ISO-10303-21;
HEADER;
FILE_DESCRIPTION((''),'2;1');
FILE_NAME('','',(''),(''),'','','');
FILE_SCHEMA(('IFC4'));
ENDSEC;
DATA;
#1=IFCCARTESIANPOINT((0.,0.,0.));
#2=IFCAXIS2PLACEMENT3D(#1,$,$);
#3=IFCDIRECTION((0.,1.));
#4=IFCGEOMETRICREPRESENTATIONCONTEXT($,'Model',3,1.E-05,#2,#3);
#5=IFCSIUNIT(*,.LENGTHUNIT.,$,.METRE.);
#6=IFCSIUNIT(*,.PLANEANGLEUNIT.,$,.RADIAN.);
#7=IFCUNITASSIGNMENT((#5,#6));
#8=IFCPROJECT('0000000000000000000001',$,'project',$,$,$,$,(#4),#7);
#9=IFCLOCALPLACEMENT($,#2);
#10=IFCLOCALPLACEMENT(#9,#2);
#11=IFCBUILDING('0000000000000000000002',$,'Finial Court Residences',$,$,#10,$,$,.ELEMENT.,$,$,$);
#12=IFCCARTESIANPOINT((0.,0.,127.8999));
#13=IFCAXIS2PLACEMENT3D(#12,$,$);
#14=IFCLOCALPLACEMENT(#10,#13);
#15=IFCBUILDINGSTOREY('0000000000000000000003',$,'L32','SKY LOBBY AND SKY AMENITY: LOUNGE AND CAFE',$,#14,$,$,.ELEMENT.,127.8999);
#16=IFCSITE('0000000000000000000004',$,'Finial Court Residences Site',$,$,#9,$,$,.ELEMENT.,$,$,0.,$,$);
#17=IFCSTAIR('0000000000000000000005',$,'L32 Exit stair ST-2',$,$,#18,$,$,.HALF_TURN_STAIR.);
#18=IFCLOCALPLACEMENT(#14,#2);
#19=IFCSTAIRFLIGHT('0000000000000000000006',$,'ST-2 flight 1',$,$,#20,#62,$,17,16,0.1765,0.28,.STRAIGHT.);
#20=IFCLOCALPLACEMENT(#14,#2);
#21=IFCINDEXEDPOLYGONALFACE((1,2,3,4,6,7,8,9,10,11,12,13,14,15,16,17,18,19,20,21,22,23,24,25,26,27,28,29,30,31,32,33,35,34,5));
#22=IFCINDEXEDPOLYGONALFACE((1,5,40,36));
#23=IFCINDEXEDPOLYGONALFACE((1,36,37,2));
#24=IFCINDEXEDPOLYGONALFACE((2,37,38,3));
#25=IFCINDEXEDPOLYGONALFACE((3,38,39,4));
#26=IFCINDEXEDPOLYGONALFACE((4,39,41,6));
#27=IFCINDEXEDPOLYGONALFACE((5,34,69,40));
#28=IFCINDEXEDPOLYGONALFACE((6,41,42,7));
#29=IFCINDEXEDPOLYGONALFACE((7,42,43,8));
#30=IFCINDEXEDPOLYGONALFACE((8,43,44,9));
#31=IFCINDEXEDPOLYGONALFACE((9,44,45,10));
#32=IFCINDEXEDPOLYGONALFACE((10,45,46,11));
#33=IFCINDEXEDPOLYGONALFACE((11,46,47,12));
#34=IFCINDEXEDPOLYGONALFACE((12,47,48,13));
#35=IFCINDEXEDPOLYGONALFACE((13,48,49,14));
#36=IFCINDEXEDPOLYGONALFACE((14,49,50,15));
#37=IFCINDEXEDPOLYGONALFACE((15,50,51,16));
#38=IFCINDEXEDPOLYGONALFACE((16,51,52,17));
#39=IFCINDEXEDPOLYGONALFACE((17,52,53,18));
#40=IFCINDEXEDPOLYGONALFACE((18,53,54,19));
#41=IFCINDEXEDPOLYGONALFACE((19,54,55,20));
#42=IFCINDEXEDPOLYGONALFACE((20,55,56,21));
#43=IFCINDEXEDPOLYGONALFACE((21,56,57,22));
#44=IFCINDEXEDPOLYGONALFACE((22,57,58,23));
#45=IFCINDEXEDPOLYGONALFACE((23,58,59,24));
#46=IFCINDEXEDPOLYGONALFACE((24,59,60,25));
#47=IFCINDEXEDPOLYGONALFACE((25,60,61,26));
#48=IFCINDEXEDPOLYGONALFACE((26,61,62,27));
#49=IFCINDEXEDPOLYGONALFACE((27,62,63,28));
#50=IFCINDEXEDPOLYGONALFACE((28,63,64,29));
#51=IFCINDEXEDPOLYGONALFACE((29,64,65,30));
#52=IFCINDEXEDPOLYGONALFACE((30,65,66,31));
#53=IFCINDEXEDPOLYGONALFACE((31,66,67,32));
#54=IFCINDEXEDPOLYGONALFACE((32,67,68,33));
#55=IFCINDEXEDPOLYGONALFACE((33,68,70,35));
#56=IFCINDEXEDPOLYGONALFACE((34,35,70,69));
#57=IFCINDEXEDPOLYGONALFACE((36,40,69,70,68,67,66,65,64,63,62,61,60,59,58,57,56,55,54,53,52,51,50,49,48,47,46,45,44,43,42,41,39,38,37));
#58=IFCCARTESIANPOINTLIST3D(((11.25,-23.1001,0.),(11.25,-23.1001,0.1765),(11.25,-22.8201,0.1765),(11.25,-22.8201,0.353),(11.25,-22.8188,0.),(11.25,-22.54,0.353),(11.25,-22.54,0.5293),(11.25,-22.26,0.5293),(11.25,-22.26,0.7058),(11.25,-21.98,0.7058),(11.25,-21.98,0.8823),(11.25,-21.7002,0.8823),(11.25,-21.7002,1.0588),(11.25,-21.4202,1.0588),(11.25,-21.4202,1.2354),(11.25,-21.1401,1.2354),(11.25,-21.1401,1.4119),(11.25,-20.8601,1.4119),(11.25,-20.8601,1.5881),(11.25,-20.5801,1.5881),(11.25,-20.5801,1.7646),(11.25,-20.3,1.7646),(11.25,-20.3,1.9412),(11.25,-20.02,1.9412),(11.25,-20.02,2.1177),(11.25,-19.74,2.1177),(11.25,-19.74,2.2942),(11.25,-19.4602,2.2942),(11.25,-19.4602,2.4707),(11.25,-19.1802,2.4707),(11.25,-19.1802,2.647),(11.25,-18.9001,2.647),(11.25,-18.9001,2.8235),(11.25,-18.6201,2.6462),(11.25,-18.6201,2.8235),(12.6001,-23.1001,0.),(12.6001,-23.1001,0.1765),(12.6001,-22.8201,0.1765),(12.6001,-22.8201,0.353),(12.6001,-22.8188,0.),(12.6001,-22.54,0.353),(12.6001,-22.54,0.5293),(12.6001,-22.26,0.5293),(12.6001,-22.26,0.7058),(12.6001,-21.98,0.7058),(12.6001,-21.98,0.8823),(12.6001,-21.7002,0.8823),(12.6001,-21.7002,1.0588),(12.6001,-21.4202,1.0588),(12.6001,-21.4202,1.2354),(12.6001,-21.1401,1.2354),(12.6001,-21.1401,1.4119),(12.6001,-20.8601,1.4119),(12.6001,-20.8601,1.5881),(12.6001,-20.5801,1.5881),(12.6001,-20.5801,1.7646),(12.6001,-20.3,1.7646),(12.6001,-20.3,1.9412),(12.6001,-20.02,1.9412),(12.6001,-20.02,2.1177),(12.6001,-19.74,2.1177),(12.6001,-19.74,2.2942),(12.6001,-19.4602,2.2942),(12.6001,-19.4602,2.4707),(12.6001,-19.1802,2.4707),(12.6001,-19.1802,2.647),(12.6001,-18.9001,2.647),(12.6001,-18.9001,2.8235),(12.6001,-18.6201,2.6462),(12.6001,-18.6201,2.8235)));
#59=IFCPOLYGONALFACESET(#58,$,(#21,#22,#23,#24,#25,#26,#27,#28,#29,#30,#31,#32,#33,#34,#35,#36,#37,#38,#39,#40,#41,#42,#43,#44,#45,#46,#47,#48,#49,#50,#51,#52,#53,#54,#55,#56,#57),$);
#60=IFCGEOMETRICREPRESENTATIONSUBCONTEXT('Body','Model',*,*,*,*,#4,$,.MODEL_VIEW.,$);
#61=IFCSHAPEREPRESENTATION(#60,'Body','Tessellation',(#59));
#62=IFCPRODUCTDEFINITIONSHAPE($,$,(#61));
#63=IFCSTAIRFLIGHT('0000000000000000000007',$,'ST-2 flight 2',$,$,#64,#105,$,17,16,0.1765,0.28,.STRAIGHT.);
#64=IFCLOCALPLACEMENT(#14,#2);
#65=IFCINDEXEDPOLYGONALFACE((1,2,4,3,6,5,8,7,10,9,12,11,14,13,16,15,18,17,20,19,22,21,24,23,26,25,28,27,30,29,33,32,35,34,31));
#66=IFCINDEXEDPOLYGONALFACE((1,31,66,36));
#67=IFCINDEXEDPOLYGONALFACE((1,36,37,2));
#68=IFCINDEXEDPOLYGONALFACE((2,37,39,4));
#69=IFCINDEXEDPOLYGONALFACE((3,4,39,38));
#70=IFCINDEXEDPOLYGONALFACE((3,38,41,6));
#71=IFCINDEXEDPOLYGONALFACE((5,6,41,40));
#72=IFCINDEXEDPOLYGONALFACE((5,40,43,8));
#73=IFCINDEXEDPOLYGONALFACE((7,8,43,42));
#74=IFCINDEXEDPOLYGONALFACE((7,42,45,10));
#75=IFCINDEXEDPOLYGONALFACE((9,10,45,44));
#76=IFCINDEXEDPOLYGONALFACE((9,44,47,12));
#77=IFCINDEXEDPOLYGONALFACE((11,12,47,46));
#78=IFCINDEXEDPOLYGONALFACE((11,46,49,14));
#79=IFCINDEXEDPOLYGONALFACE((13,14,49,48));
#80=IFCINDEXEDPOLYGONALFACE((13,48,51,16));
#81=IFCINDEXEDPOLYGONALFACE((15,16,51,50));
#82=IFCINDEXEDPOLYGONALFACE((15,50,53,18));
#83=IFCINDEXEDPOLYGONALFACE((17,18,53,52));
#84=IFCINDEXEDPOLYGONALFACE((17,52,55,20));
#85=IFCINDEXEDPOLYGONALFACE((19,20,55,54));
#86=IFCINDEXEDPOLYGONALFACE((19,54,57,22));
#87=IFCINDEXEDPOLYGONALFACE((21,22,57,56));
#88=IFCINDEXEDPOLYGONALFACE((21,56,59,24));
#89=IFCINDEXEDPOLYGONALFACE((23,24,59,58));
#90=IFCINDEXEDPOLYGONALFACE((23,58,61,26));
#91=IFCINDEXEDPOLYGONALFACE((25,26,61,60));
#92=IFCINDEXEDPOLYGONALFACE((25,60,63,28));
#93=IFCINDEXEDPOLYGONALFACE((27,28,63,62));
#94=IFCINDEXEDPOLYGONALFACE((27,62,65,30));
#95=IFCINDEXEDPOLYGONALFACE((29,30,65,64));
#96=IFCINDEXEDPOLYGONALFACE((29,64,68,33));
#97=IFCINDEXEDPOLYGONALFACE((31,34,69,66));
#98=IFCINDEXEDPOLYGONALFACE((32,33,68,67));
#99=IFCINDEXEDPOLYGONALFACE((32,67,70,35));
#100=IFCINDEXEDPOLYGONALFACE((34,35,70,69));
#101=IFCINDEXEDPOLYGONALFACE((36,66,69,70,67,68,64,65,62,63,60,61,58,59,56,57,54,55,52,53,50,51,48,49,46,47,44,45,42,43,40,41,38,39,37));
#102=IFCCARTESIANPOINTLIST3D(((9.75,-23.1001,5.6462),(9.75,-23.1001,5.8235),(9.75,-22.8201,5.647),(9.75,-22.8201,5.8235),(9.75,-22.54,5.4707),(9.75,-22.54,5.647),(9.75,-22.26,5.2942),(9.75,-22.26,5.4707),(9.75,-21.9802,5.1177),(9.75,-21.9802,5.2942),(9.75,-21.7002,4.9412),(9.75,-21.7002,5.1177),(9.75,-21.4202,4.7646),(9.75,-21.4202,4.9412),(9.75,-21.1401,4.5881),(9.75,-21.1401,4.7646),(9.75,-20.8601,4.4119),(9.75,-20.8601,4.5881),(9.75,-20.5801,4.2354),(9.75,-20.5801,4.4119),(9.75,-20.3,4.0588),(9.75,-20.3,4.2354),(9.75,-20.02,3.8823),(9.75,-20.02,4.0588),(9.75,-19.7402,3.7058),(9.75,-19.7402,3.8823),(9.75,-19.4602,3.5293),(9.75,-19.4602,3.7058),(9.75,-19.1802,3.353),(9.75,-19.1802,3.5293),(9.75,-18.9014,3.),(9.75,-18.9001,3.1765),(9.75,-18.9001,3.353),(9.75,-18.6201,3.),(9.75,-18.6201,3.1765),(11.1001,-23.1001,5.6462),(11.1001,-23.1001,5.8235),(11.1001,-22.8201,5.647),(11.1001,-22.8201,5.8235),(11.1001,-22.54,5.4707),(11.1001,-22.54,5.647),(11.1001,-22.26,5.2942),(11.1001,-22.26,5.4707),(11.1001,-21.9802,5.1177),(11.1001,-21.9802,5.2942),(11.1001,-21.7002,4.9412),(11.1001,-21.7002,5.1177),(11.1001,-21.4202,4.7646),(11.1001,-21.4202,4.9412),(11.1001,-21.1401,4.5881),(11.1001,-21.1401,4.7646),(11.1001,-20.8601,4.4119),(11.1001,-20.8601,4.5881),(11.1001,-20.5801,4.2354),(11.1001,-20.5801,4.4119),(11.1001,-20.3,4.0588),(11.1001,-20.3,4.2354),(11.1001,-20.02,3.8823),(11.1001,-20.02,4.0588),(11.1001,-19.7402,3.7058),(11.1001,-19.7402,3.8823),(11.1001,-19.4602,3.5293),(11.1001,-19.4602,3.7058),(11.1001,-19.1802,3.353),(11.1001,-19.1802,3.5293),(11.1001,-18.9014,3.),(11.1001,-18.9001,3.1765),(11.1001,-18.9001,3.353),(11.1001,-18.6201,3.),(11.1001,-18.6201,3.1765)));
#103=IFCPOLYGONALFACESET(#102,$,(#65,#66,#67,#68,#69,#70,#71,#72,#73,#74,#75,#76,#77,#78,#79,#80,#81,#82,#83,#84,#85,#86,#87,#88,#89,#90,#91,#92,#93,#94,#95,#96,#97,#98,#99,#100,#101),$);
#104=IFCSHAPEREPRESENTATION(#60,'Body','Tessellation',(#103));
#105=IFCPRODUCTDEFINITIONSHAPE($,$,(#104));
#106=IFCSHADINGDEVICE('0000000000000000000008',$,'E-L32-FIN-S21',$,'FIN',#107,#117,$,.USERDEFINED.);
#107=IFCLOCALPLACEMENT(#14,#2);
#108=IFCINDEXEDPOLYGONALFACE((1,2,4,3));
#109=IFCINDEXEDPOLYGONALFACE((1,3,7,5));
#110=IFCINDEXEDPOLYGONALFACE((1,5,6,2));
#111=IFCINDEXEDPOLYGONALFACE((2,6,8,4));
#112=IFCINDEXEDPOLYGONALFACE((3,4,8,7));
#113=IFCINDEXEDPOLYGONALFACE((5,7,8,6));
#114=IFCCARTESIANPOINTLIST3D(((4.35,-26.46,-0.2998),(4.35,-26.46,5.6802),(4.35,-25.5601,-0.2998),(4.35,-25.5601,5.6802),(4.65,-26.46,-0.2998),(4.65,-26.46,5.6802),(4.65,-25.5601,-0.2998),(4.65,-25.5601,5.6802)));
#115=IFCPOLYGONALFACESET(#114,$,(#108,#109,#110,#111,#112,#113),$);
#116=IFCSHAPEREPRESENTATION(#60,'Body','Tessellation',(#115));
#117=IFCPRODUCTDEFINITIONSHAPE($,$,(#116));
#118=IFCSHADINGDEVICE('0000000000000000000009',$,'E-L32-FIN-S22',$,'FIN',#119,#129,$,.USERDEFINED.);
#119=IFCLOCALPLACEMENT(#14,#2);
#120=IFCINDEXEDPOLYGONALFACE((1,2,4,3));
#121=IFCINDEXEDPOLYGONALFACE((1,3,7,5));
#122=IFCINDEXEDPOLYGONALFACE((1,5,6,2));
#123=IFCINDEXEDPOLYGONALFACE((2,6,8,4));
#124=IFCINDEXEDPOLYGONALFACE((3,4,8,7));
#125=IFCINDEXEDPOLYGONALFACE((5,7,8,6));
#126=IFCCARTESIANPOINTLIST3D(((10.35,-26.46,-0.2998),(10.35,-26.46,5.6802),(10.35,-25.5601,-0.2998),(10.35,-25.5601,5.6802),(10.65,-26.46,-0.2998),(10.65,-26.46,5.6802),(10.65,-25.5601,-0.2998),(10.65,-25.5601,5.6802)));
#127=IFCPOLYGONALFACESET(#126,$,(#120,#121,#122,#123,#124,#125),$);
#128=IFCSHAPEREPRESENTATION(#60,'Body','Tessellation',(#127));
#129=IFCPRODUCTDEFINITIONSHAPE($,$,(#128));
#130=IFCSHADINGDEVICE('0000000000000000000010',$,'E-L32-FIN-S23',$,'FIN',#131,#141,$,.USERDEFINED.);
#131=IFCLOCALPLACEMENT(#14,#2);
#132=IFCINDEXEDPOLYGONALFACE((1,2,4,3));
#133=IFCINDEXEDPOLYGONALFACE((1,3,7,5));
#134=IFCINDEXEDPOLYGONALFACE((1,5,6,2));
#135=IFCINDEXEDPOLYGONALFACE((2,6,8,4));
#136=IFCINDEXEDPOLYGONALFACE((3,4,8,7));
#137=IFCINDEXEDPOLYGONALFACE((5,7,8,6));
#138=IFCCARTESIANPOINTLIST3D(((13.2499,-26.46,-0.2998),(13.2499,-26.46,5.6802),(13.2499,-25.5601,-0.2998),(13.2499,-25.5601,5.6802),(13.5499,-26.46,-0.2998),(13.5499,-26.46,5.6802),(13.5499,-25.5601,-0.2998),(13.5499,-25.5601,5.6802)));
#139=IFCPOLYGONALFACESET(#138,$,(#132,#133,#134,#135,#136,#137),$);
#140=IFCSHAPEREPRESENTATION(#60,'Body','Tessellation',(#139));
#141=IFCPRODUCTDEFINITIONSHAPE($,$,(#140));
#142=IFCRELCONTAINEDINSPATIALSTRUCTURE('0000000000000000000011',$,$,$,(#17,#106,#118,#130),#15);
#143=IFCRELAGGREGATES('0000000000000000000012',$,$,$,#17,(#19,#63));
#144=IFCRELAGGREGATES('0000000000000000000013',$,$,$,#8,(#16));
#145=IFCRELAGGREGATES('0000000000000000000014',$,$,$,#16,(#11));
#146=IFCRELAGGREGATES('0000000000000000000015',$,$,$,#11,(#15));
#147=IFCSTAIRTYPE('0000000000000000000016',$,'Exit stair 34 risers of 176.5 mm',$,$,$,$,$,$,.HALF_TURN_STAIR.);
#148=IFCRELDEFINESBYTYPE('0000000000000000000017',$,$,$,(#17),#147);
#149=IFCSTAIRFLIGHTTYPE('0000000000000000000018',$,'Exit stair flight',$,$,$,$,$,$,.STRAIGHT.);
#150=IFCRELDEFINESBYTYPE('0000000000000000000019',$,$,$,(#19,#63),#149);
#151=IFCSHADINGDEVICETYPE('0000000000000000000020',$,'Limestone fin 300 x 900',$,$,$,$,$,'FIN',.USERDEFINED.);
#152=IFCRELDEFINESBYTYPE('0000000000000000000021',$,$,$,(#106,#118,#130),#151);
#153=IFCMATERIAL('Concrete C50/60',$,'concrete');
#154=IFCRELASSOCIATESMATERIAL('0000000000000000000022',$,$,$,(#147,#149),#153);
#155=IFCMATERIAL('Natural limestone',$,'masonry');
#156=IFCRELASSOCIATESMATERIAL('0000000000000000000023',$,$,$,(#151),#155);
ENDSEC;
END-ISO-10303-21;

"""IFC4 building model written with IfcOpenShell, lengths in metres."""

from ifc_helpers import new_model, si_unit, direction, frame, origin, origin_2d, place, context, subcontext, project, spatial, polyline, rectangle, outline, extrude, material, type_object, element, aggregate, save


model = new_model("IFC4")

# Units and contexts
model_context = context("Model", 3, precision=1e-05, world=origin(), true_north=direction((0.0, 1.0)))
body_context = subcontext(model_context, "Body", "Model", "MODEL_VIEW")
ifc_project = project(units=[si_unit("LENGTHUNIT", "METRE"), si_unit("PLANEANGLEUNIT", "RADIAN")], contexts=[model_context])

# Site, building, storey
site_placement = place(None, origin())
site = spatial("IfcSite", under=ifc_project, at=site_placement, Name="Finial Court Residences Site", CompositionType="ELEMENT", RefElevation=0.0)
building_placement = place(site_placement, origin())
building = spatial("IfcBuilding", under=site, at=building_placement, Name="Finial Court Residences", CompositionType="ELEMENT")
storey_placement = place(building_placement, frame((0.0, 0.0, 127.8999)))
storey = spatial("IfcBuildingStorey", under=building, at=storey_placement, Name="L32", Description="SKY LOBBY AND SKY AMENITY: LOUNGE AND CAFE", CompositionType="ELEMENT", Elevation=127.8999)

# Stair, stair flights
ifc_material_1 = material(Name="Concrete C50/60", Category="concrete")
stair_type = type_object("IfcStairType", Name="Exit stair 34 risers of 176.5 mm", PredefinedType="HALF_TURN_STAIR", material=ifc_material_1)
stair_placement = place(storey_placement, origin())
stair = element("IfcStair", 1, at=stair_placement, inside=storey, type_object=stair_type, Name="L32 Exit stair ST-2", PredefinedType="HALF_TURN_STAIR")
stair_flight_type = type_object("IfcStairFlightType", Name="Exit stair flight", PredefinedType="STRAIGHT", material=ifc_material_1)
stair_flight_1_placement = place(storey_placement, frame((11.925, -23.1001, 0.0), z_axis=(0.0, 0.0, 1.0), x_axis=(0.0, 1.0, 0.0)))
stair_flight_1 = element("IfcStairFlight", 2, at=stair_flight_1_placement, type_object=stair_flight_type, Name="ST-2 flight 1", NumberOfRisers=17, NumberOfTreads=16, PredefinedType="STRAIGHT", RiserHeight=0.1765, TreadLength=0.28, context=body_context, shape_type="SweptSolid", body=[
    extrude(outline(polyline([(0.0, 0.0), (0.0, 0.1765), (0.28, 0.1765), (0.28, 0.353), (0.5601, 0.353), (0.5601, 0.5293), (0.8401, 0.5293), (0.8401, 0.7058), (1.1201, 0.7058), (1.1201, 0.8823), (1.3999, 0.8823), (1.3999, 1.0588), (1.6799, 1.0588), (1.6799, 1.2354), (1.96, 1.2354), (1.96, 1.4119), (2.24, 1.4119), (2.24, 1.5881), (2.52, 1.5881), (2.52, 1.7646), (2.8, 1.7646), (2.8, 1.9412), (3.0801, 1.9412), (3.0801, 2.1177), (3.3601, 2.1177), (3.3601, 2.2942), (3.6399, 2.2942), (3.6399, 2.4707), (3.9199, 2.4707), (3.9199, 2.647), (4.2, 2.647), (4.2, 2.8235), (4.48, 2.8235), (4.48, 3.0), (4.48, 2.6462), (0.2812, 0.0), (0.0, 0.0)])), frame((0.0, 0.675, 0.0), z_axis=(0.0, -1.0, 0.0), x_axis=(1.0, 0.0, 0.0)), (0.0, 0.0, 1.0), 1.3501),
])
stair_flight_2_placement = place(storey_placement, frame((10.425, -18.6201, 3.0), z_axis=(0.0, 0.0, 1.0), x_axis=(0.0, -1.0, 0.0)))
stair_flight_2 = element("IfcStairFlight", 3, at=stair_flight_2_placement, type_object=stair_flight_type, Name="ST-2 flight 2", NumberOfRisers=17, NumberOfTreads=16, PredefinedType="STRAIGHT", RiserHeight=0.1765, TreadLength=0.28, context=body_context, shape_type="SweptSolid", body=[
    extrude(outline(polyline([(0.0, 0.0), (0.0, 0.1765), (0.28, 0.1765), (0.28, 0.353), (0.5601, 0.353), (0.5601, 0.5293), (0.8401, 0.5293), (0.8401, 0.7058), (1.1201, 0.7058), (1.1201, 0.8823), (1.3999, 0.8823), (1.3999, 1.0588), (1.6799, 1.0588), (1.6799, 1.2354), (1.96, 1.2354), (1.96, 1.4119), (2.24, 1.4119), (2.24, 1.5881), (2.52, 1.5881), (2.52, 1.7646), (2.8, 1.7646), (2.8, 1.9412), (3.0801, 1.9412), (3.0801, 2.1177), (3.3601, 2.1177), (3.3601, 2.2942), (3.6399, 2.2942), (3.6399, 2.4707), (3.9199, 2.4707), (3.9199, 2.647), (4.2, 2.647), (4.2, 2.8235), (4.48, 2.8235), (4.48, 3.0), (4.48, 2.6462), (0.2812, 0.0), (0.0, 0.0)])), frame((0.0, 0.675, 0.0), z_axis=(0.0, -1.0, 0.0), x_axis=(1.0, 0.0, 0.0)), (0.0, 0.0, 1.0), 1.3501),
])
aggregate(stair, [stair_flight_1, stair_flight_2])

# Shading devices
ifc_material_2 = material(Name="Natural limestone", Category="masonry")
shading_device_type = type_object("IfcShadingDeviceType", Name="Limestone fin 300 x 900", ElementType="FIN", PredefinedType="USERDEFINED", material=ifc_material_2)
for number, where, z_axis, x_axis, name in (
    (4, (4.5, -26.01, -0.2998), (0.0, 0.0, 1.0), (1.0, 0.0, 0.0), "E-L32-FIN-S21"),
    (5, (10.5, -26.01, -0.2998), (0.0, 0.0, 1.0), (1.0, 0.0, 0.0), "E-L32-FIN-S22"),
    (6, (13.3999, -26.01, -0.2998), (0.0, 0.0, 1.0), (1.0, 0.0, 0.0), "E-L32-FIN-S23"),
):
    element("IfcShadingDevice", number, at=place(storey_placement, frame(where, z_axis=z_axis, x_axis=x_axis)), inside=storey, type_object=shading_device_type, Name=name, ObjectType="FIN", PredefinedType="USERDEFINED", context=body_context, shape_type="SweptSolid", body=[
        extrude(rectangle(XDim=0.3, YDim=0.8999, at=origin_2d()), origin(), (0.0, 0.0, 1.0), 5.98),
    ])

save(model, "model.ifc")
